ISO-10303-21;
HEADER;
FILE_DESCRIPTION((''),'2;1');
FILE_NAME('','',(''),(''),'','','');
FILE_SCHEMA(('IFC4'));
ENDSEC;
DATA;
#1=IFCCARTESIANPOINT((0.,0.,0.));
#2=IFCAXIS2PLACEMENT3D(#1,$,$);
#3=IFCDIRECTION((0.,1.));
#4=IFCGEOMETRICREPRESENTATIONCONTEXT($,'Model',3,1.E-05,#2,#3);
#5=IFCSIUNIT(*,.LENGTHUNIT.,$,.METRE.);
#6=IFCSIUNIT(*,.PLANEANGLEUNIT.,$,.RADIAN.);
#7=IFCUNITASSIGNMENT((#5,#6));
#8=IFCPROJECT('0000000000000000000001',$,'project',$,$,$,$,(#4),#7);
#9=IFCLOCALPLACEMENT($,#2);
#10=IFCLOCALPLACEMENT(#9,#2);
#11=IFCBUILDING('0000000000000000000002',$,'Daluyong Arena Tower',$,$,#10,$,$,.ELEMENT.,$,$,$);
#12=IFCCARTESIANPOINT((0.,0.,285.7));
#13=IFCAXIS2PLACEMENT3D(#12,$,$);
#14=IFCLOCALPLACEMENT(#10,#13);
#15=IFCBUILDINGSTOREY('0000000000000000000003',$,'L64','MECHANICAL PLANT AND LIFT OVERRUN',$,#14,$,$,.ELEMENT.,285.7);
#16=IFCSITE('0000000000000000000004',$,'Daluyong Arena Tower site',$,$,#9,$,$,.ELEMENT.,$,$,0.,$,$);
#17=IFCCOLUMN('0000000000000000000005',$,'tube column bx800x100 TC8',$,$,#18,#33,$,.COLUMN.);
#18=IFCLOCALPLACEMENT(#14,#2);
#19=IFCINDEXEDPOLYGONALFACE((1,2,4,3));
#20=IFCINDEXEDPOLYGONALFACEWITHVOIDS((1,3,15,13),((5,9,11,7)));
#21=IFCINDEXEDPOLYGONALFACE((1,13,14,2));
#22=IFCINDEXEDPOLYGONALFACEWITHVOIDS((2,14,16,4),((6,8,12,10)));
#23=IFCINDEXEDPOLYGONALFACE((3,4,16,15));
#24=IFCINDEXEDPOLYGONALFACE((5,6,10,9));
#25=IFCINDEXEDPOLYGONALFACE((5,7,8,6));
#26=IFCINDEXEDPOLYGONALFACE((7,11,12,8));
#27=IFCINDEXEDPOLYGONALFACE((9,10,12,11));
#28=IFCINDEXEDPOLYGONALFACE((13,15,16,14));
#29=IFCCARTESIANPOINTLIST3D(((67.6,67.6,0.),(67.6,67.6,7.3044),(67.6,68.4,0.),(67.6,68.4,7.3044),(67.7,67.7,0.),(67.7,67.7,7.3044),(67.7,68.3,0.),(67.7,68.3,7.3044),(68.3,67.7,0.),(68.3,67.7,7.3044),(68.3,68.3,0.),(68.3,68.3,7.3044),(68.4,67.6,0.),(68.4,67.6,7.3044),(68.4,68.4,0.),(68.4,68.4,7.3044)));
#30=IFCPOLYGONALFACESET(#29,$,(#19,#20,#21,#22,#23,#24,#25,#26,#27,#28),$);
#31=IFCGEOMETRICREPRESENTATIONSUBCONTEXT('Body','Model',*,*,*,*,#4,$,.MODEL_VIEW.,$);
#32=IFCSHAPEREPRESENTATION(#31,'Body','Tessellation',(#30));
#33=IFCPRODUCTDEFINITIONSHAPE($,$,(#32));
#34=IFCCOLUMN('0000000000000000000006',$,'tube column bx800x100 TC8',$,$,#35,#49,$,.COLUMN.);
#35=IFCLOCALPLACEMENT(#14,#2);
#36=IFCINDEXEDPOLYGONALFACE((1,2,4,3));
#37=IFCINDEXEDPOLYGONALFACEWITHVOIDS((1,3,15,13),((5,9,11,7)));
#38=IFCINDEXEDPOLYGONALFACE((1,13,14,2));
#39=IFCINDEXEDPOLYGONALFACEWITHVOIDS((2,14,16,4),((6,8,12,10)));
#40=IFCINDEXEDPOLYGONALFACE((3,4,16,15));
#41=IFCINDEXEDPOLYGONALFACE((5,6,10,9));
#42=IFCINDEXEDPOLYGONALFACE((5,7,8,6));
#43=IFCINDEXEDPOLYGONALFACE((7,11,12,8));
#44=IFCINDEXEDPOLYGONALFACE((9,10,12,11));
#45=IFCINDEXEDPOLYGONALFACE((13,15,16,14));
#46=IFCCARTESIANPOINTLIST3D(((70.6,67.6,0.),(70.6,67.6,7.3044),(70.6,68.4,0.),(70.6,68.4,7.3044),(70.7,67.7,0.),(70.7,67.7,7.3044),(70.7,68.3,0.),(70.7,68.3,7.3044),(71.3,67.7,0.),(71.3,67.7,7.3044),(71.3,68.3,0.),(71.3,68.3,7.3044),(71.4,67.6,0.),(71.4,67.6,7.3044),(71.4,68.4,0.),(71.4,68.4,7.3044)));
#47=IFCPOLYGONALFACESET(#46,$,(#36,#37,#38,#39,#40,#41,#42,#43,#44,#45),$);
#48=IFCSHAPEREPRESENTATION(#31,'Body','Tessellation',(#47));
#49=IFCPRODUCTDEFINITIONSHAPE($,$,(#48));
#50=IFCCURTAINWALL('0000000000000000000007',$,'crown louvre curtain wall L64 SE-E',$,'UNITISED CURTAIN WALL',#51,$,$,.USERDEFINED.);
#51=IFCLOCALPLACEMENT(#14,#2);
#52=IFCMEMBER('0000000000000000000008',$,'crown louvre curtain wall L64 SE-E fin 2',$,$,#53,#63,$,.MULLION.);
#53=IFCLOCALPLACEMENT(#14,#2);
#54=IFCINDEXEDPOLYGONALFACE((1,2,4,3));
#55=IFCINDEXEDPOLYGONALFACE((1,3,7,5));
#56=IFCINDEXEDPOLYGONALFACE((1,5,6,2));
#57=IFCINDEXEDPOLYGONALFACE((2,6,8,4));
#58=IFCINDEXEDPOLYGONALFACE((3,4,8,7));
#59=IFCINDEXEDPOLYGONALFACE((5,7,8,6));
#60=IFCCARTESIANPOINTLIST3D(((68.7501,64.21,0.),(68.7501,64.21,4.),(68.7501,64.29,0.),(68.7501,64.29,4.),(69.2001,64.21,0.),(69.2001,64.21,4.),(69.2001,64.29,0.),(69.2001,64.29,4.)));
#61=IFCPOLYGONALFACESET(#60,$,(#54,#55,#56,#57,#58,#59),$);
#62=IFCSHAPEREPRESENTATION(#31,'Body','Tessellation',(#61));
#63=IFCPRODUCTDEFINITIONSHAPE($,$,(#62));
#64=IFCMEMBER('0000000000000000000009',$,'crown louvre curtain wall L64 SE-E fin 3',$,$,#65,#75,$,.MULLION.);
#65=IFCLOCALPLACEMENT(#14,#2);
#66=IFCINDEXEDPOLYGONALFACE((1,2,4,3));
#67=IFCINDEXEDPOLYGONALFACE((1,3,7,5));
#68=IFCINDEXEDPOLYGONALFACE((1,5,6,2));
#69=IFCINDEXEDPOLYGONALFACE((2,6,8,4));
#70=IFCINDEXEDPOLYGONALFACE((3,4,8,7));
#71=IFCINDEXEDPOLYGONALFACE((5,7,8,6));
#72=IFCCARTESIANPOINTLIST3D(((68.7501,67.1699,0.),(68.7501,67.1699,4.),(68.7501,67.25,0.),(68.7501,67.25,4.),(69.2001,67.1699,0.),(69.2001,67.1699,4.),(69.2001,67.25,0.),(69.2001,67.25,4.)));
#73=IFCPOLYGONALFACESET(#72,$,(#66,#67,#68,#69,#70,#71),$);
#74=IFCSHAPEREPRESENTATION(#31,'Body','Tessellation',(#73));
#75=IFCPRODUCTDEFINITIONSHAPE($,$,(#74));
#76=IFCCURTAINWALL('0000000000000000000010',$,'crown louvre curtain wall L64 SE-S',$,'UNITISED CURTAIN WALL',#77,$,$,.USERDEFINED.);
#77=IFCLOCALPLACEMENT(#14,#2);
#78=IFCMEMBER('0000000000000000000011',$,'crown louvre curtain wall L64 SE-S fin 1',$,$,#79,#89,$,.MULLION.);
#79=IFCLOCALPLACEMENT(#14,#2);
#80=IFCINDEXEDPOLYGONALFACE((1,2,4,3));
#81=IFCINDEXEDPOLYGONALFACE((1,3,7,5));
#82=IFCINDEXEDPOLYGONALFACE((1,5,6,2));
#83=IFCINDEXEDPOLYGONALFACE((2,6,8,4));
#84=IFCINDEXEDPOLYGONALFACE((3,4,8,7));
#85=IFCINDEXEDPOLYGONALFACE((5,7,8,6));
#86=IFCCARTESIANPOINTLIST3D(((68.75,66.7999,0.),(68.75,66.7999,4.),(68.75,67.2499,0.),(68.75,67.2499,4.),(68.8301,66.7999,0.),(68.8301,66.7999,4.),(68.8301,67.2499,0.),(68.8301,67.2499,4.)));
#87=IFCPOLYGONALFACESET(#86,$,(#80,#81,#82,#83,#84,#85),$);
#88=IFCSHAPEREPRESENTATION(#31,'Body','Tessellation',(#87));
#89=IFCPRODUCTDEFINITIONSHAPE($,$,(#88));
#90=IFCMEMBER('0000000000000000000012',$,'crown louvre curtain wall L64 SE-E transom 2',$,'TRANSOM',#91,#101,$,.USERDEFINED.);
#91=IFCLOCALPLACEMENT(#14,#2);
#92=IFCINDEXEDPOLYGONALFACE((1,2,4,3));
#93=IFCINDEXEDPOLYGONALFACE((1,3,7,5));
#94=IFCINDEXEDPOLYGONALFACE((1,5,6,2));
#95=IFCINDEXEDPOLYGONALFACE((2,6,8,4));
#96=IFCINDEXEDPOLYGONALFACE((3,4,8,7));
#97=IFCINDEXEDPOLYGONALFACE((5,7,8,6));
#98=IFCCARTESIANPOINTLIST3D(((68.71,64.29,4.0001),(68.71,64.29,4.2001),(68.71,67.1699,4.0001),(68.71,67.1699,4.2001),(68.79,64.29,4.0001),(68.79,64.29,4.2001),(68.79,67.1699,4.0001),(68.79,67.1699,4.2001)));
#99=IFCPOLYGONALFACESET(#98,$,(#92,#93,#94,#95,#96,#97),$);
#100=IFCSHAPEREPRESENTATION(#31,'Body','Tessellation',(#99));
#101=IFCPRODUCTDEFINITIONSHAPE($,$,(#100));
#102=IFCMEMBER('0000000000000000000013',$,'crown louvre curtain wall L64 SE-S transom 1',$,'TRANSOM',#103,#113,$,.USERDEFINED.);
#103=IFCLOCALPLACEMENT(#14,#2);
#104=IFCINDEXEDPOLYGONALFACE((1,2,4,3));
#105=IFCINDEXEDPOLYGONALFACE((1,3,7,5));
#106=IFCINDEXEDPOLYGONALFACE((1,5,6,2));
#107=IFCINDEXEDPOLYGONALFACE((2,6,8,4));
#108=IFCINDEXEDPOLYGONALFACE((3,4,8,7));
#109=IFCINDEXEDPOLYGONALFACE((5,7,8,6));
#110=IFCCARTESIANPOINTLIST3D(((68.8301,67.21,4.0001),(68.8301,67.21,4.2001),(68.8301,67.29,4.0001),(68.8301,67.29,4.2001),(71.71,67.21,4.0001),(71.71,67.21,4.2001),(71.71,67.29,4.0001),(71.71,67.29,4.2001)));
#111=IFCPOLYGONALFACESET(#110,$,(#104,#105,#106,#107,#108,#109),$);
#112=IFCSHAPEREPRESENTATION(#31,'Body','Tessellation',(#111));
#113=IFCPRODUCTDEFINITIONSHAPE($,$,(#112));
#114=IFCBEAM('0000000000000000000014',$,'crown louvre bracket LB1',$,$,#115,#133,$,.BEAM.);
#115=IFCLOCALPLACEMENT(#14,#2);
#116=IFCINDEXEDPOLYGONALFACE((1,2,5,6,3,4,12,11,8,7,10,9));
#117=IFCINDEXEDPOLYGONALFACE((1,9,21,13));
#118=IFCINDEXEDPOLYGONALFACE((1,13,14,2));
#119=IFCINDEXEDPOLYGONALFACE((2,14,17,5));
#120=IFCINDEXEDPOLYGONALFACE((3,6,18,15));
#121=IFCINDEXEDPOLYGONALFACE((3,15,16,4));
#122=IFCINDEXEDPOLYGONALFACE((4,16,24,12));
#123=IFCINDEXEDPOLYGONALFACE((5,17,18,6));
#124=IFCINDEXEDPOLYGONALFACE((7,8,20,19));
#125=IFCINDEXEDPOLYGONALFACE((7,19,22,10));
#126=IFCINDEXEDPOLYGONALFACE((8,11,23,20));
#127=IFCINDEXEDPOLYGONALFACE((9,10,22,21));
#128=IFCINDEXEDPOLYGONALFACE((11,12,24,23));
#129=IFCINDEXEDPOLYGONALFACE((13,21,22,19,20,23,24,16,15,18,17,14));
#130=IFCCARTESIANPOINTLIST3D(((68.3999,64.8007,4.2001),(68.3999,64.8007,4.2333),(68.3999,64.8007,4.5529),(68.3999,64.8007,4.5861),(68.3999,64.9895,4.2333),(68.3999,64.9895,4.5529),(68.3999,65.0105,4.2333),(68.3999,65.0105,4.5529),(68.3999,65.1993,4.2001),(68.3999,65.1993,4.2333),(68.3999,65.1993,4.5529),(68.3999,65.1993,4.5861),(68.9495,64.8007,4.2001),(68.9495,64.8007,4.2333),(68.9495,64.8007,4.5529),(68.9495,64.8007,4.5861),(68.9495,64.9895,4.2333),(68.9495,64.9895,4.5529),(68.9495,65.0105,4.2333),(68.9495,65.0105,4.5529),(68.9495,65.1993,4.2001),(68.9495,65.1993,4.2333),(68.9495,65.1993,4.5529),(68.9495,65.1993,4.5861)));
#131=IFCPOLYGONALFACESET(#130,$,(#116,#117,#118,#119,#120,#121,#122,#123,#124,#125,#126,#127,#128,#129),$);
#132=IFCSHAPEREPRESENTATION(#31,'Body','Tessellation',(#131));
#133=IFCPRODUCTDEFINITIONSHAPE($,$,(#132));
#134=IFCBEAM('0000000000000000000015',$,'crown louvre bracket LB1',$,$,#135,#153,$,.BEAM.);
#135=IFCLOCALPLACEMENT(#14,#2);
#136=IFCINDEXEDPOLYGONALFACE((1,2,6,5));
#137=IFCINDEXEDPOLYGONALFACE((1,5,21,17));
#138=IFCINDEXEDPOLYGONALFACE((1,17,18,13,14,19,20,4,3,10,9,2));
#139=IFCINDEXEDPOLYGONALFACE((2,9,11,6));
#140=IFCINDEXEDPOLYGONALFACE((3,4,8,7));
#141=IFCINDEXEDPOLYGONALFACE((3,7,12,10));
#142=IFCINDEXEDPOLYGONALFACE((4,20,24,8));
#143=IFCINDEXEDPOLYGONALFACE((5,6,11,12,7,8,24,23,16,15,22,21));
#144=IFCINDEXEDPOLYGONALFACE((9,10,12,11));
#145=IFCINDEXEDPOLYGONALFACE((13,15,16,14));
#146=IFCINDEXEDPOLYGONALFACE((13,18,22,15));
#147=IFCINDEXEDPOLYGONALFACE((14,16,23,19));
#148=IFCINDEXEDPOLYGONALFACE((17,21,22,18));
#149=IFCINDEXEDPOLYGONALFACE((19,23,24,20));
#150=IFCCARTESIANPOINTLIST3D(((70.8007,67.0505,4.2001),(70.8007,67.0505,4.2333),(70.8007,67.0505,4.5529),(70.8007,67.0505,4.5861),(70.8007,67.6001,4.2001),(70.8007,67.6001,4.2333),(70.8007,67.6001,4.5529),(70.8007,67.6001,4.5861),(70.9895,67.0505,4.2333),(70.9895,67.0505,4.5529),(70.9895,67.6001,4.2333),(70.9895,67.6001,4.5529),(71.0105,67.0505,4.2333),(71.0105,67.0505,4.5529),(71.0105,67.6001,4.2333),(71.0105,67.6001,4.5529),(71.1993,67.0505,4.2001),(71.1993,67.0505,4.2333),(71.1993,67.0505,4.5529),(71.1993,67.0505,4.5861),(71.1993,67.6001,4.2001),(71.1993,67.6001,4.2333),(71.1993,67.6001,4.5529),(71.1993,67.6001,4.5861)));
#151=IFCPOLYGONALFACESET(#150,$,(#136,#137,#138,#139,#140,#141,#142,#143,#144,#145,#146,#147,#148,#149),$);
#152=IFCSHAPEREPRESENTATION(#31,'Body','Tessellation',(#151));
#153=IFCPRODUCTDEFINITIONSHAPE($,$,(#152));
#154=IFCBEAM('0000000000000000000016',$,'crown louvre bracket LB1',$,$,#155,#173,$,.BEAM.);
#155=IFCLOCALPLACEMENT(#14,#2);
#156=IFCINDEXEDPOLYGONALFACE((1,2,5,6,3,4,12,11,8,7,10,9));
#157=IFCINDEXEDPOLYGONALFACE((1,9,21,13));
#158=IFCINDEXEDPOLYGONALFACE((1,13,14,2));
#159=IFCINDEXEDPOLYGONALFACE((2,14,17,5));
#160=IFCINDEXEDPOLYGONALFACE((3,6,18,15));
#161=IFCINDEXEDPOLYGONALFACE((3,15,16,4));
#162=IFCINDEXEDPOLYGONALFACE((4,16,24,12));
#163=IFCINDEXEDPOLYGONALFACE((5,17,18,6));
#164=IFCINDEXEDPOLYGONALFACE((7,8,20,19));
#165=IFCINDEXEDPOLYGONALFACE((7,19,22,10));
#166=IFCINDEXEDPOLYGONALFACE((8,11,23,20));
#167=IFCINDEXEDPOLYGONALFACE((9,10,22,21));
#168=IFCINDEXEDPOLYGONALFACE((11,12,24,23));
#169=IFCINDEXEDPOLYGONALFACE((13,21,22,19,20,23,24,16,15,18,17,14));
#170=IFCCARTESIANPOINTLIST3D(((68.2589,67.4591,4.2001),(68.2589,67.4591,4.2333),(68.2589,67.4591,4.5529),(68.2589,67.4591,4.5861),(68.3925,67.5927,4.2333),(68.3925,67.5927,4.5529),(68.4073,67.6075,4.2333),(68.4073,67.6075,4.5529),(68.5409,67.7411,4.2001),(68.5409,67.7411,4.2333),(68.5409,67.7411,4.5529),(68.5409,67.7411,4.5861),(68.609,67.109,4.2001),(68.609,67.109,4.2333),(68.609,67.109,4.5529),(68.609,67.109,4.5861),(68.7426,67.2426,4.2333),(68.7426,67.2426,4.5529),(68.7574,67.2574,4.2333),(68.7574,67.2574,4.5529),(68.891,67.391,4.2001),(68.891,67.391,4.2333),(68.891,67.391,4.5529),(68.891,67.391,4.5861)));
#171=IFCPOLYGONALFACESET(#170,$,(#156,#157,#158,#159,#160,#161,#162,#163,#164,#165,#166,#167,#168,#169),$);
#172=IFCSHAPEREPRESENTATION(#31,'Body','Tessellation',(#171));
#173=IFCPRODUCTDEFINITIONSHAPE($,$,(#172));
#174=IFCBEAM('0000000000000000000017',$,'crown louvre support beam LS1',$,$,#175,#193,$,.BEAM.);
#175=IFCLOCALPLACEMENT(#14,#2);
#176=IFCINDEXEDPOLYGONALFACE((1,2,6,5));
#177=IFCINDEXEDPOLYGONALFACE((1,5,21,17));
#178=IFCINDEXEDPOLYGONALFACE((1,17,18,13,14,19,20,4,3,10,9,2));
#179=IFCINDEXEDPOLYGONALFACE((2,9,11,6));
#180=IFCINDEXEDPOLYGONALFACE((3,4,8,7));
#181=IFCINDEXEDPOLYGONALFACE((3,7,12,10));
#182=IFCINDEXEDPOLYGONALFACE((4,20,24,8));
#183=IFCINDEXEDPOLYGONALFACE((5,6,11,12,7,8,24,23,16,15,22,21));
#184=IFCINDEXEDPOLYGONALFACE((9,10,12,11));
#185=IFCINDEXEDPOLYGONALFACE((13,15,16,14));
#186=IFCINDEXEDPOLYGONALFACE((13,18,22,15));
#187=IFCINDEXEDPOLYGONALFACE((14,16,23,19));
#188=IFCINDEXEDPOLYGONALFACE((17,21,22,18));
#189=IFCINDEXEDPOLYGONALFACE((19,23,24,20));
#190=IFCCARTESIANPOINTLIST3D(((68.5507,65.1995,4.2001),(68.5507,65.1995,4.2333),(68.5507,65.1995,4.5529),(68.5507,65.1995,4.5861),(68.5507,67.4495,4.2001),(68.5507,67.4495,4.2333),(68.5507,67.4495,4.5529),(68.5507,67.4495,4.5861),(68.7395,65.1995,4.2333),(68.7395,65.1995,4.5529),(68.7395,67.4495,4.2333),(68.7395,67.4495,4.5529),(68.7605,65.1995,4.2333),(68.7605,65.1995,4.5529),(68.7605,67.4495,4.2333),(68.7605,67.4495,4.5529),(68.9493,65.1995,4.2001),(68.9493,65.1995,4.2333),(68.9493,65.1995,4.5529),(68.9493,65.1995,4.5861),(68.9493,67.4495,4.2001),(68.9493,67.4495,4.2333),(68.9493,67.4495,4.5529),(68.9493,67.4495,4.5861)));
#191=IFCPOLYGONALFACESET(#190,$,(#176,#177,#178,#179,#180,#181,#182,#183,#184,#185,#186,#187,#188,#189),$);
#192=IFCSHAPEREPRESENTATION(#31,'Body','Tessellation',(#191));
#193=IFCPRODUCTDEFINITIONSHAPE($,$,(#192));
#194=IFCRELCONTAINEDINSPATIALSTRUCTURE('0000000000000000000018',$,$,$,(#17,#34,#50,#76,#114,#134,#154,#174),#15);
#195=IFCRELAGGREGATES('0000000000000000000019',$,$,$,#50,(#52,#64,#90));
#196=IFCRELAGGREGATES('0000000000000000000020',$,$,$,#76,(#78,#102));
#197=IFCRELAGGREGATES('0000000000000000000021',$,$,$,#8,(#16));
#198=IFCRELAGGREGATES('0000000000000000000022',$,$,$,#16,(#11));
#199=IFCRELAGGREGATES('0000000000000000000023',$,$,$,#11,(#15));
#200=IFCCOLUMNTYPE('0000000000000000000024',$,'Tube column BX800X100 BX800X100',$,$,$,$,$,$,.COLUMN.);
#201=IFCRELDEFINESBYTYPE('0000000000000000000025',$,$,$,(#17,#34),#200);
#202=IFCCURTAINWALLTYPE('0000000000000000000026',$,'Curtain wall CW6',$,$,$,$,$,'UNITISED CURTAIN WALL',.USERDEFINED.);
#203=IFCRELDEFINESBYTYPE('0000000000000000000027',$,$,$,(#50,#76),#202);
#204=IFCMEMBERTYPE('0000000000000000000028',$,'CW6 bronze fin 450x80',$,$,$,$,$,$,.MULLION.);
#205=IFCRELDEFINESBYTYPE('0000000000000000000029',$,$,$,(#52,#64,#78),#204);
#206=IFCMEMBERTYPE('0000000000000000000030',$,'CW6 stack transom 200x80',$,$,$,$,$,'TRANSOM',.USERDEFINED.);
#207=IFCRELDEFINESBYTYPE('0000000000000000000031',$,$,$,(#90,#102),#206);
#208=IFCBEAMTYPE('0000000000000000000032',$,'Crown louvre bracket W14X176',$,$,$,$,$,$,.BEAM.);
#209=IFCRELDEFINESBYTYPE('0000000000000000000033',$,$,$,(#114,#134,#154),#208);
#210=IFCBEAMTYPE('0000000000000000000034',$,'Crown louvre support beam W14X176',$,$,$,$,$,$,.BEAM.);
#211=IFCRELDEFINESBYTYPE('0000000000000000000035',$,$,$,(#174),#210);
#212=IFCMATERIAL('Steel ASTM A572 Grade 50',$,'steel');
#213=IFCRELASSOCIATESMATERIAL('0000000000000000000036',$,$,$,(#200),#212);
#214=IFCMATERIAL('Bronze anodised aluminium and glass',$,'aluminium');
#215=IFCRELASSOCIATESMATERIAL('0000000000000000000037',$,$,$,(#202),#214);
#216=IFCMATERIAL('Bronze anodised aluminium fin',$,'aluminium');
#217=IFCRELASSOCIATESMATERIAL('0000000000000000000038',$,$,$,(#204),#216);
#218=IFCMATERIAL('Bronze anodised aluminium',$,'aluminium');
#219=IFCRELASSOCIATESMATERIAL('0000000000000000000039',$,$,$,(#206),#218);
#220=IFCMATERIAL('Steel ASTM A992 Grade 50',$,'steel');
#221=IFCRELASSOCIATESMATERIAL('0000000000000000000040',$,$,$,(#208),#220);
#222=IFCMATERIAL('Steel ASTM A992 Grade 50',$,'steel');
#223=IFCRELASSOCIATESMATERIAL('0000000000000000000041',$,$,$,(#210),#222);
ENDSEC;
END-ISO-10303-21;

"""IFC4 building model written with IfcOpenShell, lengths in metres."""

from ifc_helpers import new_model, si_unit, direction, frame, origin, origin_2d, place, context, subcontext, project, spatial, rectangle, hollow_rectangle, i_section, extrude, material, material_profile, profile_set, type_object, element, aggregate, save


model = new_model("IFC4")

# Units and contexts
model_context = context("Model", 3, precision=1e-05, world=origin(), true_north=direction((0.0, 1.0)))
body_context = subcontext(model_context, "Body", "Model", "MODEL_VIEW")
ifc_project = project(units=[si_unit("LENGTHUNIT", "METRE"), si_unit("PLANEANGLEUNIT", "RADIAN")], contexts=[model_context])

# Site, building, storey
site_placement = place(None, origin())
site = spatial("IfcSite", under=ifc_project, at=site_placement, Name="Daluyong Arena Tower site", CompositionType="ELEMENT", RefElevation=0.0)
building_placement = place(site_placement, origin())
building = spatial("IfcBuilding", under=site, at=building_placement, Name="Daluyong Arena Tower", CompositionType="ELEMENT")
storey_placement = place(building_placement, frame((0.0, 0.0, 285.7)))
storey = spatial("IfcBuildingStorey", under=building, at=storey_placement, Name="L64", Description="MECHANICAL PLANT AND LIFT OVERRUN", CompositionType="ELEMENT", Elevation=285.7)

# Columns
ifc_material_1 = material(Name="Steel ASTM A572 Grade 50", Category="steel")
ifc_material_profile_1 = material_profile(ifc_material_1, hollow_rectangle(XDim=0.8, YDim=0.8, WallThickness=0.1, at=origin_2d()))
ifc_profile_set_1 = profile_set([ifc_material_profile_1], Name="Steel ASTM A572 Grade 50")
column_type = type_object("IfcColumnType", Name="Tube column BX800X100 BX800X100", PredefinedType="COLUMN", material=ifc_profile_set_1)
for number, where, z_axis, x_axis, name in (
    (1, (68.0, 68.0, 0.0), (0.0, 0.0, 1.0), (1.0, 0.0, 0.0), "tube column bx800x100 TC8"),
    (2, (71.0, 68.0, 0.0), (0.0, 0.0, 1.0), (1.0, 0.0, 0.0), "tube column bx800x100 TC8"),
):
    element("IfcColumn", number, at=place(storey_placement, frame(where, z_axis=z_axis, x_axis=x_axis)), inside=storey, type_object=column_type, Name=name, PredefinedType="COLUMN", context=body_context, shape_type="SweptSolid", body=[
        extrude(hollow_rectangle(XDim=0.8, YDim=0.8, WallThickness=0.1, at=origin_2d()), origin(), (0.0, 0.0, 1.0), 7.3044),
    ])

# Curtain wall, members
ifc_material_2 = material(Name="Bronze anodised aluminium and glass", Category="aluminium")
curtain_wall_type = type_object("IfcCurtainWallType", Name="Curtain wall CW6", ElementType="UNITISED CURTAIN WALL", PredefinedType="USERDEFINED", material=ifc_material_2)
curtain_wall_1_placement = place(storey_placement, origin())
curtain_wall_1 = element("IfcCurtainWall", 3, at=curtain_wall_1_placement, inside=storey, type_object=curtain_wall_type, Name="crown louvre curtain wall L64 SE-E", ObjectType="UNITISED CURTAIN WALL", PredefinedType="USERDEFINED")
ifc_material_3 = material(Name="Bronze anodised aluminium fin", Category="aluminium")
ifc_material_profile_2 = material_profile(ifc_material_3, rectangle(XDim=0.45, YDim=0.0801, at=origin_2d()))
ifc_profile_set_2 = profile_set([ifc_material_profile_2], Name="Bronze anodised aluminium fin")
member_type_1 = type_object("IfcMemberType", Name="CW6 bronze fin 450x80", PredefinedType="MULLION", material=ifc_profile_set_2)
member_1_placement = place(storey_placement, frame((68.9751, 64.25, 0.0), z_axis=(0.0, 0.0, 1.0), x_axis=(-1.0, 0.0, 0.0)))
member_1 = element("IfcMember", 4, at=member_1_placement, type_object=member_type_1, Name="crown louvre curtain wall L64 SE-E fin 2", PredefinedType="MULLION", context=body_context, shape_type="SweptSolid", body=[
    extrude(rectangle(XDim=0.45, YDim=0.0801, at=origin_2d()), origin(), (0.0, 0.0, 1.0), 4.0),
])
member_2_placement = place(storey_placement, frame((68.9751, 67.21, 0.0), z_axis=(0.0, 0.0, 1.0), x_axis=(-1.0, 0.0, 0.0)))
member_2 = element("IfcMember", 5, at=member_2_placement, type_object=member_type_1, Name="crown louvre curtain wall L64 SE-E fin 3", PredefinedType="MULLION", context=body_context, shape_type="SweptSolid", body=[
    extrude(rectangle(XDim=0.45, YDim=0.0801, at=origin_2d()), origin(), (0.0, 0.0, 1.0), 4.0),
])

# Curtain wall, member
curtain_wall_2_placement = place(storey_placement, origin())
curtain_wall_2 = element("IfcCurtainWall", 6, at=curtain_wall_2_placement, inside=storey, type_object=curtain_wall_type, Name="crown louvre curtain wall L64 SE-S", ObjectType="UNITISED CURTAIN WALL", PredefinedType="USERDEFINED")
member_3_placement = place(storey_placement, frame((68.79, 67.0249, 0.0), z_axis=(0.0, 0.0, 1.0), x_axis=(0.0, 1.0, 0.0)))
member_3 = element("IfcMember", 7, at=member_3_placement, type_object=member_type_1, Name="crown louvre curtain wall L64 SE-S fin 1", PredefinedType="MULLION", context=body_context, shape_type="SweptSolid", body=[
    extrude(rectangle(XDim=0.45, YDim=0.0801, at=origin_2d()), origin(), (0.0, 0.0, 1.0), 4.0),
])

# Members
ifc_material_4 = material(Name="Bronze anodised aluminium", Category="aluminium")
ifc_material_profile_3 = material_profile(ifc_material_4, rectangle(XDim=0.0801, YDim=0.2, at=origin_2d()))
ifc_profile_set_3 = profile_set([ifc_material_profile_3], Name="Bronze anodised aluminium")
member_type_2 = type_object("IfcMemberType", Name="CW6 stack transom 200x80", ElementType="TRANSOM", PredefinedType="USERDEFINED", material=ifc_profile_set_3)
member_4_placement = place(storey_placement, frame((68.75, 64.29, 4.1001), z_axis=(0.0, 1.0, 0.0), x_axis=(-1.0, 0.0, 0.0)))
member_4 = element("IfcMember", 8, at=member_4_placement, type_object=member_type_2, Name="crown louvre curtain wall L64 SE-E transom 2", ObjectType="TRANSOM", PredefinedType="USERDEFINED", context=body_context, shape_type="SweptSolid", body=[
    extrude(rectangle(XDim=0.0801, YDim=0.2, at=origin_2d()), origin(), (0.0, 0.0, 1.0), 2.8799),
])
member_5_placement = place(storey_placement, frame((68.8301, 67.25, 4.1001), z_axis=(1.0, 0.0, 0.0), x_axis=(0.0, 1.0, 0.0)))
member_5 = element("IfcMember", 9, at=member_5_placement, type_object=member_type_2, Name="crown louvre curtain wall L64 SE-S transom 1", ObjectType="TRANSOM", PredefinedType="USERDEFINED", context=body_context, shape_type="SweptSolid", body=[
    extrude(rectangle(XDim=0.0801, YDim=0.2, at=origin_2d()), origin(), (0.0, 0.0, 1.0), 2.8799),
])

# Beams
ifc_material_5 = material(Name="Steel ASTM A992 Grade 50", Category="steel")
ifc_material_profile_4 = material_profile(ifc_material_5, i_section(OverallWidth=0.3987, OverallDepth=0.386, WebThickness=0.021, FlangeThickness=0.0332, at=origin_2d()))
ifc_profile_set_4 = profile_set([ifc_material_profile_4], Name="Steel ASTM A992 Grade 50")
beam_type_1 = type_object("IfcBeamType", Name="Crown louvre bracket W14X176", PredefinedType="BEAM", material=ifc_profile_set_4)
for number, where, z_axis, x_axis, name in (
    (10, (68.3999, 65.0, 4.3931), (1.0, 0.0, 0.0), (0.0, 1.0, 0.0), "crown louvre bracket LB1"),
    (11, (71.0, 67.6001, 4.3931), (0.0, -1.0, 0.0), (1.0, 0.0, 0.0), "crown louvre bracket LB1"),
):
    element("IfcBeam", number, at=place(storey_placement, frame(where, z_axis=z_axis, x_axis=x_axis)), inside=storey, type_object=beam_type_1, Name=name, PredefinedType="BEAM", context=body_context, shape_type="SweptSolid", body=[
        extrude(i_section(OverallWidth=0.3987, OverallDepth=0.386, WebThickness=0.021, FlangeThickness=0.0332, at=origin_2d()), origin(), (0.0, 0.0, 1.0), 0.5496),
    ])
beam_1_placement = place(storey_placement, frame((68.3999, 67.6001, 4.3931), z_axis=(0.707107, -0.707107, 0.0), x_axis=(0.707107, 0.707107, 0.0)))
element("IfcBeam", 12, at=beam_1_placement, inside=storey, type_object=beam_type_1, Name="crown louvre bracket LB1", PredefinedType="BEAM", context=body_context, shape_type="SweptSolid", body=[
    extrude(i_section(OverallWidth=0.3987, OverallDepth=0.386, WebThickness=0.021, FlangeThickness=0.0332, at=origin_2d()), origin(), (0.0, 0.0, 1.0), 0.4951),
])
ifc_material_6 = material(Name="Steel ASTM A992 Grade 50", Category="steel")
ifc_material_profile_5 = material_profile(ifc_material_6, i_section(OverallWidth=0.3987, OverallDepth=0.386, WebThickness=0.021, FlangeThickness=0.0332, at=origin_2d()))
ifc_profile_set_5 = profile_set([ifc_material_profile_5], Name="Steel ASTM A992 Grade 50")
beam_type_2 = type_object("IfcBeamType", Name="Crown louvre support beam W14X176", PredefinedType="BEAM", material=ifc_profile_set_5)
beam_2_placement = place(storey_placement, frame((68.75, 65.1995, 4.3931), z_axis=(0.0, 1.0, 0.0), x_axis=(-1.0, 0.0, 0.0)))
element("IfcBeam", 13, at=beam_2_placement, inside=storey, type_object=beam_type_2, Name="crown louvre support beam LS1", PredefinedType="BEAM", context=body_context, shape_type="SweptSolid", body=[
    extrude(i_section(OverallWidth=0.3987, OverallDepth=0.386, WebThickness=0.021, FlangeThickness=0.0332, at=origin_2d()), origin(), (0.0, 0.0, 1.0), 2.25),
])

aggregate(curtain_wall_1, [member_1, member_2, member_4])
aggregate(curtain_wall_2, [member_3, member_5])

save(model, "model.ifc")
